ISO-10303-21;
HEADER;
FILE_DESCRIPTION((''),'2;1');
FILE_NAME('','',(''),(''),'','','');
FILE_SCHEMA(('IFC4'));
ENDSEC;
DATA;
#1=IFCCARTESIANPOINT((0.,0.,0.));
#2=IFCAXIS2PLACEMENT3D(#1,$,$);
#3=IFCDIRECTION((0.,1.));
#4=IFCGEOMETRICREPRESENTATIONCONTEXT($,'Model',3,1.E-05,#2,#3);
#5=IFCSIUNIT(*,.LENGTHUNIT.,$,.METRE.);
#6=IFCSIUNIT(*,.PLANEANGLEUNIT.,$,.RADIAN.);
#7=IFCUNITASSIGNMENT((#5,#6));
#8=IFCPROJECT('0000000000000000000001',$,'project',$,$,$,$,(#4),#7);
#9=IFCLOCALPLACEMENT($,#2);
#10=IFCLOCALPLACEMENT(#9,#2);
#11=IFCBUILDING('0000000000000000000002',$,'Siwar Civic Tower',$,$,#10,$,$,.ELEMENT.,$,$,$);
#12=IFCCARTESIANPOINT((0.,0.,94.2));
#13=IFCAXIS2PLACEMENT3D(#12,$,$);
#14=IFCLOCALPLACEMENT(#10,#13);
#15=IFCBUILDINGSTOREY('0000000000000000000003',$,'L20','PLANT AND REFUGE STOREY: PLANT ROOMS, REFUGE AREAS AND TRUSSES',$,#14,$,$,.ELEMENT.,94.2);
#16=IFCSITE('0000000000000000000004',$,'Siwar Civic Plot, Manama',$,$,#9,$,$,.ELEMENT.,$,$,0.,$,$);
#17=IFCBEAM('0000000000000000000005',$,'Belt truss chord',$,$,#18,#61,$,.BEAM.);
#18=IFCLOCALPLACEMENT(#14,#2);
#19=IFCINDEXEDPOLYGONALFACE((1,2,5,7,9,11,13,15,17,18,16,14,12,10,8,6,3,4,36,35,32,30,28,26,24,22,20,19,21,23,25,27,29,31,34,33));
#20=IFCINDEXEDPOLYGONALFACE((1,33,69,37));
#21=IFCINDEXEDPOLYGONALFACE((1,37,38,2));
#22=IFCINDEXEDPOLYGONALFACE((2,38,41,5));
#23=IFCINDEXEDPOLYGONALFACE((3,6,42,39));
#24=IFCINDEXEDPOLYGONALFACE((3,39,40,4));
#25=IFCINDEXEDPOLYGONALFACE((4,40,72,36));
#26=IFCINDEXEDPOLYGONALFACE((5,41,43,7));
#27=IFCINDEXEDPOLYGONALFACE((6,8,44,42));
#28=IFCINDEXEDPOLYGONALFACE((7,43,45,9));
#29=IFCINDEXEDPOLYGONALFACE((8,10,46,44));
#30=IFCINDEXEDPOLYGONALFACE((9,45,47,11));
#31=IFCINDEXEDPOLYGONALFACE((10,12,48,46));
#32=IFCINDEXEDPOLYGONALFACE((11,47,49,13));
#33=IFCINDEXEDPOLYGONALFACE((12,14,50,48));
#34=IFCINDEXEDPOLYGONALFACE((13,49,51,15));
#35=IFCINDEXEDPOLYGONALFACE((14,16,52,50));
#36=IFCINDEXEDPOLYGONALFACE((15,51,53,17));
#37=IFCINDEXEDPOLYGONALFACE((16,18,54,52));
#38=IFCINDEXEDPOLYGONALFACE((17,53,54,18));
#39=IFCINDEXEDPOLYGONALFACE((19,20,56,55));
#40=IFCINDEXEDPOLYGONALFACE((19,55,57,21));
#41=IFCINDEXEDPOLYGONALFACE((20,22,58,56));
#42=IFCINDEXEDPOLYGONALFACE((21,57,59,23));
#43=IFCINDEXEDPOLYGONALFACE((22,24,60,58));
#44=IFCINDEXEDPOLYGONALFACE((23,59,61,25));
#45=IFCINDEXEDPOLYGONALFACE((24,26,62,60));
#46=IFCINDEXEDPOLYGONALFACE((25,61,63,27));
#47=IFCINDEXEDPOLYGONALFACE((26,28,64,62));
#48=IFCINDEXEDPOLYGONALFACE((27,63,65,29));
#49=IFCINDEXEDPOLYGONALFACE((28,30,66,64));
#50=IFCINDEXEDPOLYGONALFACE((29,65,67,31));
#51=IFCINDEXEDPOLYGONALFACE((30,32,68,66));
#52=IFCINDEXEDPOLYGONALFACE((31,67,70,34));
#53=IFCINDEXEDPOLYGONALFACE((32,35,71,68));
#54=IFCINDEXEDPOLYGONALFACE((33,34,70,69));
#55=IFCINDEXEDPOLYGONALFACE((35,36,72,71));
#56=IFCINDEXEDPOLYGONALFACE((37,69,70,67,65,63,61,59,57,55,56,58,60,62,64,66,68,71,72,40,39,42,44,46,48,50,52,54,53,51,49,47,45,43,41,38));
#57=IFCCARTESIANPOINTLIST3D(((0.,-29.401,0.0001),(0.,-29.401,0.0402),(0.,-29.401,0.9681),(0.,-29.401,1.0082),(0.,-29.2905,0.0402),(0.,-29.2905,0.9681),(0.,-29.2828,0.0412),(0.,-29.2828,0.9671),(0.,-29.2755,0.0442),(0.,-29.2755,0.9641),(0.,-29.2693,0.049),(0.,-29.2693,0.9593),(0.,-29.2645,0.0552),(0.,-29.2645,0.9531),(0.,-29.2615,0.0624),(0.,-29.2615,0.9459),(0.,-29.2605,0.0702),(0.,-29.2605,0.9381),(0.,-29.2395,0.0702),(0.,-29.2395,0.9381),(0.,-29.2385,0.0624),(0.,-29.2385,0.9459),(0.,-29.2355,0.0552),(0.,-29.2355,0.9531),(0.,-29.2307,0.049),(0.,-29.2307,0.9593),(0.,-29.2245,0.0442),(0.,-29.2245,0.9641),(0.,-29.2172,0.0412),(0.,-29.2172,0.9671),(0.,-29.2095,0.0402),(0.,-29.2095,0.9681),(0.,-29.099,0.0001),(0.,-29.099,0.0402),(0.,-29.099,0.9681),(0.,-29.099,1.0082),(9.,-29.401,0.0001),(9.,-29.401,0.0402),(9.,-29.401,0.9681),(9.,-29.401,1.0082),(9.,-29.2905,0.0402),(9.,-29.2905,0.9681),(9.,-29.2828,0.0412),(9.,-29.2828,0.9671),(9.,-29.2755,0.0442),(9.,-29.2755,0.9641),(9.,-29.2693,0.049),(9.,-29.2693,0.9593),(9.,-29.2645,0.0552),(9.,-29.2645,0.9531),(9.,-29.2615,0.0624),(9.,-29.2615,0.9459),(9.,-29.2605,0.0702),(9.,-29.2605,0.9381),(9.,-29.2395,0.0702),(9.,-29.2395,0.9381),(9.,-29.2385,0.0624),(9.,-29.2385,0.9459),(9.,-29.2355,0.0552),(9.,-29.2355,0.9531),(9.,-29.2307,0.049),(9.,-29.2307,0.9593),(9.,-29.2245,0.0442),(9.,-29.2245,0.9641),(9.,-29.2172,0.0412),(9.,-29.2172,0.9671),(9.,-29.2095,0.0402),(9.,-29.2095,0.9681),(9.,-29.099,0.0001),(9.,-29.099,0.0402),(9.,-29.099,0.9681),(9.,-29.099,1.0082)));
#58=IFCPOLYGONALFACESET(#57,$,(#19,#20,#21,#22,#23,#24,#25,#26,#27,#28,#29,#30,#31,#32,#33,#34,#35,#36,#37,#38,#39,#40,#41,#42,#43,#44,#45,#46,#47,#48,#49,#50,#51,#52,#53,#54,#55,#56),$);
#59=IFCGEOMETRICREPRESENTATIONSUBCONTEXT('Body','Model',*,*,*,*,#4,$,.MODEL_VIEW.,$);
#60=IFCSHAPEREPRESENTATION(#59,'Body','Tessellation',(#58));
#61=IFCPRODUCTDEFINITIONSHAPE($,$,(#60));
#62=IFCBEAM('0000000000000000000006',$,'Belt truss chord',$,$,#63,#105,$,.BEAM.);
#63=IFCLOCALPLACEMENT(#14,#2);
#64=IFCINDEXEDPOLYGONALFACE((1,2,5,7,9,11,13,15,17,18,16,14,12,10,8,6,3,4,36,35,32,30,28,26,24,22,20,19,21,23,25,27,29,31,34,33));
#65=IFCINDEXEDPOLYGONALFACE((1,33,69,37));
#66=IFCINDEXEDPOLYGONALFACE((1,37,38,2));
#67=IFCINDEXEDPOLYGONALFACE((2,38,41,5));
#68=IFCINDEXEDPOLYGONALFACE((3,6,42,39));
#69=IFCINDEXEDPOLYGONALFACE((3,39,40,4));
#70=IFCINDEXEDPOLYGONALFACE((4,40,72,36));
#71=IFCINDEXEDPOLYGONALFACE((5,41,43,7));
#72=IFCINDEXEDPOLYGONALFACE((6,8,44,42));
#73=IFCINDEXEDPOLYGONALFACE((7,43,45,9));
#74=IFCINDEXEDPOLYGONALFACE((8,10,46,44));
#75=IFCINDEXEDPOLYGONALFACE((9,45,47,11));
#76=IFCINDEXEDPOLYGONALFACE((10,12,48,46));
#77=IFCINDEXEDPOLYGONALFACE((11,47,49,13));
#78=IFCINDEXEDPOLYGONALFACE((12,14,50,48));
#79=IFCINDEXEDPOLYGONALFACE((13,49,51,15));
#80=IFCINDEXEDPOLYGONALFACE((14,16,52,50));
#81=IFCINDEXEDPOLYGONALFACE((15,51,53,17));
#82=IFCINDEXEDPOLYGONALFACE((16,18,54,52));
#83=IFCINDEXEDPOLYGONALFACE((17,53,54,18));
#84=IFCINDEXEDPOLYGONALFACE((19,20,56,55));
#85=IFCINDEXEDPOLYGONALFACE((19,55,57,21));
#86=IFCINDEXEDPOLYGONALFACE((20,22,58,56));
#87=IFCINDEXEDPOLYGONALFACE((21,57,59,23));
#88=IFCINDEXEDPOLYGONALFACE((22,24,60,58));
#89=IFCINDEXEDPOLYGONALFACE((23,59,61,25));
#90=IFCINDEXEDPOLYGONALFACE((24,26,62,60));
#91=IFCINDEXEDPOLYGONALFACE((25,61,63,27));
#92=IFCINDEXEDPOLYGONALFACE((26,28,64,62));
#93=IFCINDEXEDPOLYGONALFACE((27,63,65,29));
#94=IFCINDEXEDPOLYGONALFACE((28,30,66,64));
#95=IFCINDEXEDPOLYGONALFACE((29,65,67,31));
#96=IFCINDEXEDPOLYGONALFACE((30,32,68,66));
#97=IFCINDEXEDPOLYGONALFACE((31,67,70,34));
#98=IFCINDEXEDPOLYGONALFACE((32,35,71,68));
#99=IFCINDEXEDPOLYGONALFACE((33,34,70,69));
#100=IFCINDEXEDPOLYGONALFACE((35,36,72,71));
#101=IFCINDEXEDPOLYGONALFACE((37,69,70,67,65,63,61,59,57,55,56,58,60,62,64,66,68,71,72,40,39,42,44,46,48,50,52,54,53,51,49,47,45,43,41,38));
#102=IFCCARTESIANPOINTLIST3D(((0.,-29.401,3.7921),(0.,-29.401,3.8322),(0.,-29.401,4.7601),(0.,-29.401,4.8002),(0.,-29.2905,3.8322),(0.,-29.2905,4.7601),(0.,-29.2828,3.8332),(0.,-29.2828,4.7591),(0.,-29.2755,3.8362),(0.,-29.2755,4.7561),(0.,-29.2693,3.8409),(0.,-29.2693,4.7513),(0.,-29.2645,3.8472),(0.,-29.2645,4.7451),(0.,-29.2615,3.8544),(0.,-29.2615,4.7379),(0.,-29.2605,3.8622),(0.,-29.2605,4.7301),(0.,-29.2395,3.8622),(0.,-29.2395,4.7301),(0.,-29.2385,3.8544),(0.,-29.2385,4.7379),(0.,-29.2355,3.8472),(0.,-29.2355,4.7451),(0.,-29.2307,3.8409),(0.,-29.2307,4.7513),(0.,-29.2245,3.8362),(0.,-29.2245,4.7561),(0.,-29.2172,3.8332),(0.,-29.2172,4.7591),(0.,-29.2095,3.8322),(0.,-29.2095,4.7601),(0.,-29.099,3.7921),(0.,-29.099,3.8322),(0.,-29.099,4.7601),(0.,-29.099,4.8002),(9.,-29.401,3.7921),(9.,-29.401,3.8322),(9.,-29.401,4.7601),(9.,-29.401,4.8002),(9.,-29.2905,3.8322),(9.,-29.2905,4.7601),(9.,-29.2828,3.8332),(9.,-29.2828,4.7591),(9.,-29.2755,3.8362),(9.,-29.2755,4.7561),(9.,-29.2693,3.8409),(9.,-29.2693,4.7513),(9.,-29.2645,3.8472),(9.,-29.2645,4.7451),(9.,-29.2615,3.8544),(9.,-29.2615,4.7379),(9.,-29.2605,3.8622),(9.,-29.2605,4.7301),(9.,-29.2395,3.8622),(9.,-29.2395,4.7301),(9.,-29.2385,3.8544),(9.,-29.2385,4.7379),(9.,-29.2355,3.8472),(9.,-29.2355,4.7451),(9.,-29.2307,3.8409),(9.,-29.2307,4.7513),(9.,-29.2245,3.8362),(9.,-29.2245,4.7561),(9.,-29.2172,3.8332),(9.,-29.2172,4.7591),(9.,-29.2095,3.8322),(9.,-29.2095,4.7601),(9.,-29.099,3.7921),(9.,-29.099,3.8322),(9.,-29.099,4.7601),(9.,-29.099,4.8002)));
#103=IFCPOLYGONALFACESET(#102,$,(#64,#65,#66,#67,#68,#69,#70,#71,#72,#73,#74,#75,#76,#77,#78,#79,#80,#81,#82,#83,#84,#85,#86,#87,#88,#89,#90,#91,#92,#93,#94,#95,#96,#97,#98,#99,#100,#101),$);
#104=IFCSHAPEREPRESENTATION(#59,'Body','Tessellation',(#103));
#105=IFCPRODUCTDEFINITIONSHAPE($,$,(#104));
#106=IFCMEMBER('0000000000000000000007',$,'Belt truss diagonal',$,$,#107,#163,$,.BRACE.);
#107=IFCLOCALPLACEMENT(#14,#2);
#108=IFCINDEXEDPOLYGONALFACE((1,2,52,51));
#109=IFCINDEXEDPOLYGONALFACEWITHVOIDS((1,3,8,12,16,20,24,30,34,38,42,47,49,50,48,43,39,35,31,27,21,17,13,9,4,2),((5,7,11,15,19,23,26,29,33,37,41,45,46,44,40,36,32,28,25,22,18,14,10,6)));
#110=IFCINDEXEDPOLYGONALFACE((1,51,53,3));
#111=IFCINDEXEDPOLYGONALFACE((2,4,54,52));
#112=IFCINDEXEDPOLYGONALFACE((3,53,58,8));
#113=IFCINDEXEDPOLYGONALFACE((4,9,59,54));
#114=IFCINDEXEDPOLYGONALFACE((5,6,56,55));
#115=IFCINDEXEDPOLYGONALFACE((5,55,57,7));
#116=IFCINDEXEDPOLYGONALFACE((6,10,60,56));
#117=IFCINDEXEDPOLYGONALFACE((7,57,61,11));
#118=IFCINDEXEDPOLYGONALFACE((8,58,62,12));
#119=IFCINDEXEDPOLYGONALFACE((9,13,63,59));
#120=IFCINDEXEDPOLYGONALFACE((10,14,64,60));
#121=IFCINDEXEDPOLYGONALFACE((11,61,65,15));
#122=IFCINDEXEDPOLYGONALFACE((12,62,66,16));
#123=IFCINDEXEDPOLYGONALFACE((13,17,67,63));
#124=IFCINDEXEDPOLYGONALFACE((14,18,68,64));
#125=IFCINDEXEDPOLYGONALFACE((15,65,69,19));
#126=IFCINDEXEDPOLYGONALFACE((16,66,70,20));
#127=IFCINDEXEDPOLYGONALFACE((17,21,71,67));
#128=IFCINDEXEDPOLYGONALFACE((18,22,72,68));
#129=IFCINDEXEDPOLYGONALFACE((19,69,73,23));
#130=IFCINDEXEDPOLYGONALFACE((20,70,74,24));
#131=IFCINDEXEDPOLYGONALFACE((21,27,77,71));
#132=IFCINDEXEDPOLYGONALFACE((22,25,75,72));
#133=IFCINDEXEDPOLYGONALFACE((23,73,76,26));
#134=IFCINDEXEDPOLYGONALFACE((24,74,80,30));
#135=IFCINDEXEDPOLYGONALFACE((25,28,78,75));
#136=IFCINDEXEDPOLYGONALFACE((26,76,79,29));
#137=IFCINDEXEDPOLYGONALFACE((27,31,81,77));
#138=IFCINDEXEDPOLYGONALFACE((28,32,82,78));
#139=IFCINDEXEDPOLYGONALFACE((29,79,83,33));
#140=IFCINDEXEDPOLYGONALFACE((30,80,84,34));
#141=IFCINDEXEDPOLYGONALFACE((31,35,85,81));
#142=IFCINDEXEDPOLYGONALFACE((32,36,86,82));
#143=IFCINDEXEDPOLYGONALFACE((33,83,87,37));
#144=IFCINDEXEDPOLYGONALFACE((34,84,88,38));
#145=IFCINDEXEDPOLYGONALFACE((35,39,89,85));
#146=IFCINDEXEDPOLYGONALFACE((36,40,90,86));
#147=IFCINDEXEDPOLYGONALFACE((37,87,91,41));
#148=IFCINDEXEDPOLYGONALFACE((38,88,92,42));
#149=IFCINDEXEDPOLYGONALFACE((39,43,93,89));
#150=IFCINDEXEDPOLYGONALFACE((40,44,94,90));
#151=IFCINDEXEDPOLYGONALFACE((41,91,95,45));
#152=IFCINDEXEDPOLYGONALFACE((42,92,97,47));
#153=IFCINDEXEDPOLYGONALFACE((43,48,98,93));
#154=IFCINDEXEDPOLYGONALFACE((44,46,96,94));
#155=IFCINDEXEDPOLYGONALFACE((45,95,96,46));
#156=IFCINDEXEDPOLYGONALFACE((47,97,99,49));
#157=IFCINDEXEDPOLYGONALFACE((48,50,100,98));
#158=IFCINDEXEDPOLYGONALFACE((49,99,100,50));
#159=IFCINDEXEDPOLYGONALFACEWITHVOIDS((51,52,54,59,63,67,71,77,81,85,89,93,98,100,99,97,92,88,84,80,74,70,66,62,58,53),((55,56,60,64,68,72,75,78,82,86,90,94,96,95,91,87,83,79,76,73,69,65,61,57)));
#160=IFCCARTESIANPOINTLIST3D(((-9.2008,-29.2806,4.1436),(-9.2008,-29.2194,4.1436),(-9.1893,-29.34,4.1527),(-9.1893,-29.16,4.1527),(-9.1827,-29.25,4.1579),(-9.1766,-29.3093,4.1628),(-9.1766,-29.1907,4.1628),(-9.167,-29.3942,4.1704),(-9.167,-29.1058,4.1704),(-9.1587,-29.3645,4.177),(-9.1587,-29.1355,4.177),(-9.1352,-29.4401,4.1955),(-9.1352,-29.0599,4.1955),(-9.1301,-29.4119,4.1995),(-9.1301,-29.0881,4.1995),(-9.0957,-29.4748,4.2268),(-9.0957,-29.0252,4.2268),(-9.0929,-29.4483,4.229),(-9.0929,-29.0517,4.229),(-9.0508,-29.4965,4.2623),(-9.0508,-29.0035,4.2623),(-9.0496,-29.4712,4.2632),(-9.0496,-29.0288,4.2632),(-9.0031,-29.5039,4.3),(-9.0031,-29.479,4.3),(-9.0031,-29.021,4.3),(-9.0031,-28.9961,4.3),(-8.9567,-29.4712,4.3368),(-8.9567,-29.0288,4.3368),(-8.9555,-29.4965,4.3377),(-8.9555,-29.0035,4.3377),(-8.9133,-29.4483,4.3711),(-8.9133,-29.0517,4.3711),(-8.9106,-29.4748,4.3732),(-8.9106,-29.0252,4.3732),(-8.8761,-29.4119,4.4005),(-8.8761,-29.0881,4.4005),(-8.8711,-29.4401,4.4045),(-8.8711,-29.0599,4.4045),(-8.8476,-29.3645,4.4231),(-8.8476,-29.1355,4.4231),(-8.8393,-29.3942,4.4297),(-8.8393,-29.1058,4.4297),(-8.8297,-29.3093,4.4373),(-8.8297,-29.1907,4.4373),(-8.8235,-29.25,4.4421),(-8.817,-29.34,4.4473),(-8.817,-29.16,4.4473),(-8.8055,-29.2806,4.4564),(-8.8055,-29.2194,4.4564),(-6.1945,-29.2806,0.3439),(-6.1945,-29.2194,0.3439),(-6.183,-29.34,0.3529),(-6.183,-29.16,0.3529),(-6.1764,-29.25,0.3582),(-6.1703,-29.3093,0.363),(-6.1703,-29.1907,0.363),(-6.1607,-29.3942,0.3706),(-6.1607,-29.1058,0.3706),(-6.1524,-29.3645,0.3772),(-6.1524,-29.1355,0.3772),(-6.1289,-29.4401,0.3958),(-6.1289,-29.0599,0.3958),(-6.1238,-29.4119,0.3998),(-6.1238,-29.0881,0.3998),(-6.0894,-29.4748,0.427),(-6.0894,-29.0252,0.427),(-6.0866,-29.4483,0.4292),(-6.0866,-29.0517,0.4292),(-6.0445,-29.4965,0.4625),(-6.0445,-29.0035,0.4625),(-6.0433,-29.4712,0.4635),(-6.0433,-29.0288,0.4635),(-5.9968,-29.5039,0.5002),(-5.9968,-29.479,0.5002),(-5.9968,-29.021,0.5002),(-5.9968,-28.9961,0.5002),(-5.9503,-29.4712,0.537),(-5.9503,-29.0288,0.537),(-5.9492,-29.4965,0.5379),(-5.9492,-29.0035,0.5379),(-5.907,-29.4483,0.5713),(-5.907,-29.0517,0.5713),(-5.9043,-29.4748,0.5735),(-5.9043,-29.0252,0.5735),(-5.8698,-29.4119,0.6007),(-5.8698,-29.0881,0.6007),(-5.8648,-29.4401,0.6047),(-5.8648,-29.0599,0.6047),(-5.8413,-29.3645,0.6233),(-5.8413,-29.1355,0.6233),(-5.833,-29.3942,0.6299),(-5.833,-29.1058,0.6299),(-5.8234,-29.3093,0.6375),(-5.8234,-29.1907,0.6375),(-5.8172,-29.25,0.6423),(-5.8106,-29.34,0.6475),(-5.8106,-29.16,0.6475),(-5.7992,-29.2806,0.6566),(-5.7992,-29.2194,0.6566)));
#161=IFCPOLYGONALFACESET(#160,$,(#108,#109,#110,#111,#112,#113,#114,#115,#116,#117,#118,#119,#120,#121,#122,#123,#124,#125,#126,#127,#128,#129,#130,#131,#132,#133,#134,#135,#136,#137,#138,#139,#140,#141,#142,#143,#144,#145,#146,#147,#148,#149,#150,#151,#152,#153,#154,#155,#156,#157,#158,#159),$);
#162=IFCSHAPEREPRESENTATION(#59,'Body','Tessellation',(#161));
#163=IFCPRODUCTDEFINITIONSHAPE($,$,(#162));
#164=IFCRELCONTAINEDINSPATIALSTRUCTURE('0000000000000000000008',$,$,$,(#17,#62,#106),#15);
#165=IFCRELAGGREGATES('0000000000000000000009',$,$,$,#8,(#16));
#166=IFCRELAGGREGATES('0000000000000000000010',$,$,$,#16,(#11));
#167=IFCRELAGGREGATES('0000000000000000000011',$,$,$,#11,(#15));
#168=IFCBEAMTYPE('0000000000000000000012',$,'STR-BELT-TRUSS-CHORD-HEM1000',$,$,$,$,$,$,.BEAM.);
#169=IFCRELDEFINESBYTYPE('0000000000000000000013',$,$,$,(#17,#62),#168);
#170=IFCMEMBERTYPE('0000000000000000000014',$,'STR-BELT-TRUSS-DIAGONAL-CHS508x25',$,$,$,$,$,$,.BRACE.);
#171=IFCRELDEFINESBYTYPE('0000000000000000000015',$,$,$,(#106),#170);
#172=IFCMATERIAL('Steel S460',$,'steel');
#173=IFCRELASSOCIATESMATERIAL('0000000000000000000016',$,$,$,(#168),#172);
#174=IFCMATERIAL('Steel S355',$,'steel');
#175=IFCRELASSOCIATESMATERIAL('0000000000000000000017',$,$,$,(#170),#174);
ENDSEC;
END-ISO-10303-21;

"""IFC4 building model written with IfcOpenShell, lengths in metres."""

from ifc_helpers import new_model, si_unit, direction, frame, origin, origin_2d, place, context, subcontext, project, spatial, hollow_circle, i_section, extrude, material, material_profile, profile_set, type_object, element, save


model = new_model("IFC4")

# Units and contexts
model_context = context("Model", 3, precision=1e-05, world=origin(), true_north=direction((0.0, 1.0)))
body_context = subcontext(model_context, "Body", "Model", "MODEL_VIEW")
ifc_project = project(units=[si_unit("LENGTHUNIT", "METRE"), si_unit("PLANEANGLEUNIT", "RADIAN")], contexts=[model_context])

# Site, building, storey
site_placement = place(None, origin())
site = spatial("IfcSite", under=ifc_project, at=site_placement, Name="Siwar Civic Plot, Manama", CompositionType="ELEMENT", RefElevation=0.0)
building_placement = place(site_placement, origin())
building = spatial("IfcBuilding", under=site, at=building_placement, Name="Siwar Civic Tower", CompositionType="ELEMENT")
storey_placement = place(building_placement, frame((0.0, 0.0, 94.2)))
storey = spatial("IfcBuildingStorey", under=building, at=storey_placement, Name="L20", Description="PLANT AND REFUGE STOREY: PLANT ROOMS, REFUGE AREAS AND TRUSSES", CompositionType="ELEMENT", Elevation=94.2)

# Beams
ifc_material_1 = material(Name="Steel S460", Category="steel")
ifc_material_profile_1 = material_profile(ifc_material_1, i_section(OverallWidth=0.302, OverallDepth=1.0081, WebThickness=0.021, FlangeThickness=0.04, FilletRadius=0.03, at=origin_2d()), Name="HEM1000")
ifc_profile_set_1 = profile_set([ifc_material_profile_1], Name="Steel S460")
beam_type_1 = type_object("IfcBeamType", Name="STR-BELT-TRUSS-CHORD-HEM1000", PredefinedType="BEAM", material=ifc_profile_set_1)
for number, where, z_axis, x_axis, name in (
    (1, (0.0, -29.25, 0.5042), (1.0, 0.0, 0.0), (0.0, 1.0, 0.0), "Belt truss chord"),
    (2, (0.0, -29.25, 4.2961), (1.0, 0.0, 0.0), (0.0, 1.0, 0.0), "Belt truss chord"),
):
    element("IfcBeam", number, at=place(storey_placement, frame(where, z_axis=z_axis, x_axis=x_axis)), inside=storey, type_object=beam_type_1, Name=name, PredefinedType="BEAM", context=body_context, shape_type="SweptSolid", body=[
        extrude(i_section(OverallWidth=0.302, OverallDepth=1.0081, WebThickness=0.021, FlangeThickness=0.04, FilletRadius=0.03, at=origin_2d()), origin(), (0.0, 0.0, 1.0), 9.0),
    ])

# Member
ifc_material_2 = material(Name="Steel S355", Category="steel")
ifc_material_profile_2 = material_profile(ifc_material_2, hollow_circle(Radius=0.2539, WallThickness=0.0249, at=origin_2d()), Name="CHS508x25")
ifc_profile_set_2 = profile_set([ifc_material_profile_2], Name="Steel S355")
member_type_1 = type_object("IfcMemberType", Name="STR-BELT-TRUSS-DIAGONAL-CHS508x25", PredefinedType="BRACE", material=ifc_profile_set_2)
member_1_placement = place(storey_placement, frame((-5.9968, -29.25, 0.5002), z_axis=(-0.620471, 0.0, 0.78423), x_axis=(0.0, -1.0, 0.0)))
element("IfcMember", 3, at=member_1_placement, inside=storey, type_object=member_type_1, Name="Belt truss diagonal", PredefinedType="BRACE", context=body_context, shape_type="SweptSolid", body=[
    extrude(hollow_circle(Radius=0.2539, WallThickness=0.0249, at=origin_2d()), origin(), (0.0, 0.0, 1.0), 4.8452),
])

save(model, "model.ifc")
